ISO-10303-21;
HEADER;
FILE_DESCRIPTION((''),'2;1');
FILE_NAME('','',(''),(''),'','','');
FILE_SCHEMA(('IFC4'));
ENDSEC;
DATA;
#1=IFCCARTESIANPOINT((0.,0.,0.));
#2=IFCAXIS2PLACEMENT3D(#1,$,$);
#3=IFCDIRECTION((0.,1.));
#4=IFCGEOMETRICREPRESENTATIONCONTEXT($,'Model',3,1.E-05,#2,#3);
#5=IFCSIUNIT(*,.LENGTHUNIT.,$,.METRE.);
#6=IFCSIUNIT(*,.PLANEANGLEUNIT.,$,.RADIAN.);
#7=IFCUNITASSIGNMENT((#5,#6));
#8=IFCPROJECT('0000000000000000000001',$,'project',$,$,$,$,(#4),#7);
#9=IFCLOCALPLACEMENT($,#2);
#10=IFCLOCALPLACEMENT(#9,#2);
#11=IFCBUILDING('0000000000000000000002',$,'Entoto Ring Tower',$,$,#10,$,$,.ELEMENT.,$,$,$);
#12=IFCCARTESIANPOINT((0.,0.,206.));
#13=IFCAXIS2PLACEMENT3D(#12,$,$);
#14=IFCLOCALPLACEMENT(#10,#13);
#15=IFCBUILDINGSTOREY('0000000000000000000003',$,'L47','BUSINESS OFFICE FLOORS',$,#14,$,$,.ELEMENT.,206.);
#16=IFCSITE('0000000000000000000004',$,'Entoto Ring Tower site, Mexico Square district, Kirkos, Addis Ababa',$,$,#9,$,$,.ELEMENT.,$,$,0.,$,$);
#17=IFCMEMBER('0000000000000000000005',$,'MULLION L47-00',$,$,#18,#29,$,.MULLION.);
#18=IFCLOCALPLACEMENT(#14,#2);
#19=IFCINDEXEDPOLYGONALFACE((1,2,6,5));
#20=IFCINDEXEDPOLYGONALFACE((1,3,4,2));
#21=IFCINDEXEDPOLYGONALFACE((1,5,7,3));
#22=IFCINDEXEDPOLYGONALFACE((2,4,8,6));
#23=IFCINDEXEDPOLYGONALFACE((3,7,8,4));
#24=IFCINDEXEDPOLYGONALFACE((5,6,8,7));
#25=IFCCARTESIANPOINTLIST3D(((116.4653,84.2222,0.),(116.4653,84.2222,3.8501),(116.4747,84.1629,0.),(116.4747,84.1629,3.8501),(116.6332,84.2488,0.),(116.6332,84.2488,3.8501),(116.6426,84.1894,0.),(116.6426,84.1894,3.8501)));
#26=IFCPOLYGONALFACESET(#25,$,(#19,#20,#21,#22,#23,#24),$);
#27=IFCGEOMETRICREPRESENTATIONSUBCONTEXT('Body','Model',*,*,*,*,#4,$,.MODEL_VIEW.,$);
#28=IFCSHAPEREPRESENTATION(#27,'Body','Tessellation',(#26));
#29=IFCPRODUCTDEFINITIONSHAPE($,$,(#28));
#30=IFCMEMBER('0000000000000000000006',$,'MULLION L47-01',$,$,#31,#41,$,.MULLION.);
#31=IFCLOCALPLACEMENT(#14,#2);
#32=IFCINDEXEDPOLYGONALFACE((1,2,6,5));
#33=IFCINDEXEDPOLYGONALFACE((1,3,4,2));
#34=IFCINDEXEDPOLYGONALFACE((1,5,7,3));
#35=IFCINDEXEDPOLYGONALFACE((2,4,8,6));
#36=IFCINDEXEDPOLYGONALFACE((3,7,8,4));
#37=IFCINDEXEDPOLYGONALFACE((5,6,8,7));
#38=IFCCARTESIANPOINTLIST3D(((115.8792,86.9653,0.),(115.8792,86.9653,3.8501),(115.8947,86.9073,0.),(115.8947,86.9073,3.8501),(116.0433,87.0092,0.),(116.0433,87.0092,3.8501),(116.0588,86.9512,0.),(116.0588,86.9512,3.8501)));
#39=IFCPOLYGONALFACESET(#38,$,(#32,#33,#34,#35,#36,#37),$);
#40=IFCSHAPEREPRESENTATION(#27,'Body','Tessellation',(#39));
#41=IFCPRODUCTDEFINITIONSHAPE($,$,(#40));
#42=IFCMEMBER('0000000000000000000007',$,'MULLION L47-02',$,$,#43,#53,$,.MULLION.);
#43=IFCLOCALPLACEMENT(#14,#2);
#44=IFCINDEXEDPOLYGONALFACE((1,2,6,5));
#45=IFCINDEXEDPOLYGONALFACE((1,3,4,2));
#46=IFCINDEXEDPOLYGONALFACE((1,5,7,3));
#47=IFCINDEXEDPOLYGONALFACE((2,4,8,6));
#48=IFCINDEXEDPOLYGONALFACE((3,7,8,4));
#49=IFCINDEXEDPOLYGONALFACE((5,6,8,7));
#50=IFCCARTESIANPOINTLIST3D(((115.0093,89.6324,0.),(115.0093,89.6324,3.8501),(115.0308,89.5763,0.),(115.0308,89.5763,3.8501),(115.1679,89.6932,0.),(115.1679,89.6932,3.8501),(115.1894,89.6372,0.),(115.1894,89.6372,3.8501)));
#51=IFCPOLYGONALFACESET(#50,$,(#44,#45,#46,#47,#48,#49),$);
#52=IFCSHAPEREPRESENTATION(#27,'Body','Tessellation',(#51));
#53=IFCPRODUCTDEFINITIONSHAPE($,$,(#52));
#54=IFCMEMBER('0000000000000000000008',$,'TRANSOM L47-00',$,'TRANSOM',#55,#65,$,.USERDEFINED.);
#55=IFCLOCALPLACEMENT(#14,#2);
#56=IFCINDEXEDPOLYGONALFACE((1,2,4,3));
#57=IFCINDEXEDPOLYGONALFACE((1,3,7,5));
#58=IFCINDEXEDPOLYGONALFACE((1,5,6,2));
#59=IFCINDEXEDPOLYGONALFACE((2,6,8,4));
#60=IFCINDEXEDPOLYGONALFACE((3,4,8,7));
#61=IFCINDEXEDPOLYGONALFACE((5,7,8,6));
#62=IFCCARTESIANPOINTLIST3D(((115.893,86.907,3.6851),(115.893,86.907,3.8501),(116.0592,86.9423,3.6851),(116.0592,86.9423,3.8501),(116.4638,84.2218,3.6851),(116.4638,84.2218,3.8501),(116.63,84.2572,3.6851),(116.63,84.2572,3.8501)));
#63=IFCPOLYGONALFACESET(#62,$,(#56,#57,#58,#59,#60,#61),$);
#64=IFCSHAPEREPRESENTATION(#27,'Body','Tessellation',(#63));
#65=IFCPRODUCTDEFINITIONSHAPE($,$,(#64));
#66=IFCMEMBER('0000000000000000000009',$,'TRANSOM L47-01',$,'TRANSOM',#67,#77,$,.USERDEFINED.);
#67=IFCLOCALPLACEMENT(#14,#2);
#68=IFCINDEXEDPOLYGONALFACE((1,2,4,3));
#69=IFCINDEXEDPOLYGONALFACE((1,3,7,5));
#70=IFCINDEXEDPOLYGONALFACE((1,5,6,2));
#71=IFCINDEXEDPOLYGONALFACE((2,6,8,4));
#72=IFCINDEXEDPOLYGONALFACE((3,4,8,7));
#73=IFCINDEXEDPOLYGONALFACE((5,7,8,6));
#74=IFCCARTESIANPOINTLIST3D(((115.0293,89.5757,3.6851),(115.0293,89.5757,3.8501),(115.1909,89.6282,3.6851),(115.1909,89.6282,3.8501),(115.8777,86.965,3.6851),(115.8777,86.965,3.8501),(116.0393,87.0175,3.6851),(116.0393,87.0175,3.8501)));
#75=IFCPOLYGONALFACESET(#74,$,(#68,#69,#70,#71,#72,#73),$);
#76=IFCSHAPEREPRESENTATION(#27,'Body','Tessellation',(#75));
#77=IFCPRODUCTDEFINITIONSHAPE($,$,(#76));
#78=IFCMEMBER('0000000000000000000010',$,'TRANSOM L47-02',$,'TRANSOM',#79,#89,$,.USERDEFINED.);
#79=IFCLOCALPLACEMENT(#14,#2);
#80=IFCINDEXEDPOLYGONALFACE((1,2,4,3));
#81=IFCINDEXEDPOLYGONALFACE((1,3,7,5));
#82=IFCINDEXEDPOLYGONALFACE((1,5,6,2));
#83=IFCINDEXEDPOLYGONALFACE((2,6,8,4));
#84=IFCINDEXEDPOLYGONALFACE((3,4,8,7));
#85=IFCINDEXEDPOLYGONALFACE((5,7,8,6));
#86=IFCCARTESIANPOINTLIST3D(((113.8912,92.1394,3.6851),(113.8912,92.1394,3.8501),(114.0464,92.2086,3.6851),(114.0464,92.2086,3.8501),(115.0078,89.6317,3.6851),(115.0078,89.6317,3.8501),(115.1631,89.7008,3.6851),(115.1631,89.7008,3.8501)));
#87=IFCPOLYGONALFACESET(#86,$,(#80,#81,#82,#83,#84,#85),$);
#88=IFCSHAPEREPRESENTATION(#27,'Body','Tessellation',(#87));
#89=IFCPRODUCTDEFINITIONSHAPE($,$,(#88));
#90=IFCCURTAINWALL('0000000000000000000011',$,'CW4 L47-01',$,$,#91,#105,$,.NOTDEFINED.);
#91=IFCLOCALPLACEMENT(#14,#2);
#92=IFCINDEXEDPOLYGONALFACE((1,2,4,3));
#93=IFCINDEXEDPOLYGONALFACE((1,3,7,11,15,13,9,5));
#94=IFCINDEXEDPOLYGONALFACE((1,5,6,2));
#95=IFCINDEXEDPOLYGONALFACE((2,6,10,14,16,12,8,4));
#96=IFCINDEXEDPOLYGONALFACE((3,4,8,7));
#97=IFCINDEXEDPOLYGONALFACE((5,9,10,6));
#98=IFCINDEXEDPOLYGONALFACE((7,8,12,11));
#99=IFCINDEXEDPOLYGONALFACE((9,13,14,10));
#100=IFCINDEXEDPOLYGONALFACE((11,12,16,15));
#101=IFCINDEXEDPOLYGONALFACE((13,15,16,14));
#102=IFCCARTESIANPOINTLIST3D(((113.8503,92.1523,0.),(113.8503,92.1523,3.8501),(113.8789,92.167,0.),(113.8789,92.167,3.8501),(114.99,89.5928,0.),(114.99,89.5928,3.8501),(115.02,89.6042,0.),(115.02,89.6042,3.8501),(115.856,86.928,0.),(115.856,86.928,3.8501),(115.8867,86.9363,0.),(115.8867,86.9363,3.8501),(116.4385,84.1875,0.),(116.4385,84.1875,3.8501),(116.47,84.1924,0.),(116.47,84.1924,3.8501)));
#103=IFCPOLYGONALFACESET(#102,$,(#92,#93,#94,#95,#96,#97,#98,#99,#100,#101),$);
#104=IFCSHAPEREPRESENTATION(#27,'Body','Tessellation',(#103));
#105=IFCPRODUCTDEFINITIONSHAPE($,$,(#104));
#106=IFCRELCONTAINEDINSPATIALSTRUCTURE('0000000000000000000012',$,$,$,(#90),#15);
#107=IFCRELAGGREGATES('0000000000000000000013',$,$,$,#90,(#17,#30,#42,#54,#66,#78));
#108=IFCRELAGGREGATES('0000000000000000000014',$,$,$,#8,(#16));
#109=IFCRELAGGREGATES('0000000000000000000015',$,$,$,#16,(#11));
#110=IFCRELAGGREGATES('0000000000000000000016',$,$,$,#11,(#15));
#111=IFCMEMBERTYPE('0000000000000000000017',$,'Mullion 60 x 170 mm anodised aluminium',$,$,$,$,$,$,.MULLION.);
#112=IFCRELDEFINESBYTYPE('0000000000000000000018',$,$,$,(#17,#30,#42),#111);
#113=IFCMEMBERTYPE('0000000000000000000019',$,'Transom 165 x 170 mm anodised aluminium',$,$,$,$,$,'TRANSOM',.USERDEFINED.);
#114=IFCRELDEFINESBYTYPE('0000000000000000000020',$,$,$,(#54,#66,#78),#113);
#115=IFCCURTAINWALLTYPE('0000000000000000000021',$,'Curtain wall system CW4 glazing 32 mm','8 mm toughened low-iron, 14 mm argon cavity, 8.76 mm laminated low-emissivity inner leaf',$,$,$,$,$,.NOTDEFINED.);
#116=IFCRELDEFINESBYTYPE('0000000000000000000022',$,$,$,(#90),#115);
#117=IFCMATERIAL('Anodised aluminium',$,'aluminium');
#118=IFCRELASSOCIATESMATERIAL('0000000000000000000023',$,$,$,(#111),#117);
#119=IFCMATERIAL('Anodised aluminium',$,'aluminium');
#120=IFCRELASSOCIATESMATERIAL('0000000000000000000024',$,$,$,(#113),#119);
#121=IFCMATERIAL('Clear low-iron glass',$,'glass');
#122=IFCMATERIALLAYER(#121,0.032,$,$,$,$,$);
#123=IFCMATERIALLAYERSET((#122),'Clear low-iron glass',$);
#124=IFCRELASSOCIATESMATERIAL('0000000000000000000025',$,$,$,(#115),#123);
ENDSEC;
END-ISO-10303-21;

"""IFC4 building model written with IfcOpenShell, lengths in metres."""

from ifc_helpers import new_model, si_unit, direction, frame, origin, origin_2d, place, context, subcontext, project, spatial, polyline, rectangle, outline, extrude, material, layer, layer_set, material_profile, profile_set, type_object, element, aggregate, save


model = new_model("IFC4")

# Units and contexts
model_context = context("Model", 3, precision=1e-05, world=origin(), true_north=direction((0.0, 1.0)))
body_context = subcontext(model_context, "Body", "Model", "MODEL_VIEW")
ifc_project = project(units=[si_unit("LENGTHUNIT", "METRE"), si_unit("PLANEANGLEUNIT", "RADIAN")], contexts=[model_context])

# Members
ifc_material_1 = material(Name="Anodised aluminium", Category="aluminium")
ifc_material_profile_1 = material_profile(ifc_material_1, rectangle(XDim=0.0601, YDim=0.1699, at=origin_2d()), Name="Mullion 60 x 170 mm anodised aluminium")
ifc_profile_set_1 = profile_set([ifc_material_profile_1], Name="Anodised aluminium")
member_type_1 = type_object("IfcMemberType", Name="Mullion 60 x 170 mm anodised aluminium", PredefinedType="MULLION", material=ifc_profile_set_1)
site_placement = place(None, origin())
building_placement = place(site_placement, origin())
storey_placement = place(building_placement, frame((0.0, 0.0, 206.0)))
member_1_placement = place(storey_placement, frame((116.554, 84.2058, 0.0), z_axis=(0.0, 0.0, 1.0), x_axis=(-0.156434, 0.987688, 0.0)))
member_1 = element("IfcMember", 1, at=member_1_placement, type_object=member_type_1, Name="MULLION L47-00", PredefinedType="MULLION", context=body_context, shape_type="SweptSolid", body=[
    extrude(rectangle(XDim=0.0601, YDim=0.1699, at=origin_2d()), origin(), (0.0, 0.0, 1.0), 3.8501),
])
member_2_placement = place(storey_placement, frame((115.969, 86.9583, 0.0), z_axis=(0.0, 0.0, 1.0), x_axis=(-0.258819, 0.965926, 0.0)))
member_2 = element("IfcMember", 2, at=member_2_placement, type_object=member_type_1, Name="MULLION L47-01", PredefinedType="MULLION", context=body_context, shape_type="SweptSolid", body=[
    extrude(rectangle(XDim=0.0601, YDim=0.1699, at=origin_2d()), origin(), (0.0, 0.0, 1.0), 3.8501),
])
member_3_placement = place(storey_placement, frame((115.0994, 89.6348, 0.0), z_axis=(0.0, 0.0, 1.0), x_axis=(-0.358368, 0.93358, 0.0)))
member_3 = element("IfcMember", 3, at=member_3_placement, type_object=member_type_1, Name="MULLION L47-02", PredefinedType="MULLION", context=body_context, shape_type="SweptSolid", body=[
    extrude(rectangle(XDim=0.0601, YDim=0.1699, at=origin_2d()), origin(), (0.0, 0.0, 1.0), 3.8501),
])
ifc_material_2 = material(Name="Anodised aluminium", Category="aluminium")
ifc_material_profile_2 = material_profile(ifc_material_2, rectangle(XDim=0.1699, YDim=0.165, at=origin_2d()), Name="Transom 165 x 170 mm anodised aluminium")
ifc_profile_set_2 = profile_set([ifc_material_profile_2], Name="Anodised aluminium")
member_type_2 = type_object("IfcMemberType", Name="Transom 165 x 170 mm anodised aluminium", ElementType="TRANSOM", PredefinedType="USERDEFINED", material=ifc_profile_set_2)
member_4_placement = place(storey_placement, frame((116.5469, 84.2395, 3.7676), z_axis=(-0.207937, 0.978142, 0.0), x_axis=(-0.978142, -0.207937, 0.0)))
member_4 = element("IfcMember", 4, at=member_4_placement, type_object=member_type_2, Name="TRANSOM L47-00", ObjectType="TRANSOM", PredefinedType="USERDEFINED", context=body_context, shape_type="SweptSolid", body=[
    extrude(rectangle(XDim=0.1699, YDim=0.165, at=origin_2d()), origin(), (0.0, 0.0, 1.0), 2.7451),
])
member_5_placement = place(storey_placement, frame((115.9585, 86.9912, 3.7676), z_axis=(-0.309042, 0.951048, 0.0), x_axis=(-0.951048, -0.309042, 0.0)))
member_5 = element("IfcMember", 5, at=member_5_placement, type_object=member_type_2, Name="TRANSOM L47-01", ObjectType="TRANSOM", PredefinedType="USERDEFINED", context=body_context, shape_type="SweptSolid", body=[
    extrude(rectangle(XDim=0.1699, YDim=0.165, at=origin_2d()), origin(), (0.0, 0.0, 1.0), 2.7451),
])
member_6_placement = place(storey_placement, frame((115.0854, 89.6663, 3.7676), z_axis=(-0.406782, 0.913525, 0.0), x_axis=(-0.913525, -0.406782, 0.0)))
member_6 = element("IfcMember", 6, at=member_6_placement, type_object=member_type_2, Name="TRANSOM L47-02", ObjectType="TRANSOM", PredefinedType="USERDEFINED", context=body_context, shape_type="SweptSolid", body=[
    extrude(rectangle(XDim=0.1699, YDim=0.165, at=origin_2d()), origin(), (0.0, 0.0, 1.0), 2.7451),
])

# Site, building, storey
site = spatial("IfcSite", under=ifc_project, at=site_placement, Name="Entoto Ring Tower site, Mexico Square district, Kirkos, Addis Ababa", CompositionType="ELEMENT", RefElevation=0.0)
building = spatial("IfcBuilding", under=site, at=building_placement, Name="Entoto Ring Tower", CompositionType="ELEMENT")
storey = spatial("IfcBuildingStorey", under=building, at=storey_placement, Name="L47", Description="BUSINESS OFFICE FLOORS", CompositionType="ELEMENT", Elevation=206.0)

# Curtain wall
ifc_material_3 = material(Name="Clear low-iron glass", Category="glass")
ifc_layer_1 = layer(ifc_material_3, 0.032)
ifc_layer_set_1 = layer_set([ifc_layer_1], Name="Clear low-iron glass")
curtain_wall_type = type_object("IfcCurtainWallType", Name="Curtain wall system CW4 glazing 32 mm", Description="8 mm toughened low-iron, 14 mm argon cavity, 8.76 mm laminated low-emissivity inner leaf", PredefinedType="NOTDEFINED", material=ifc_layer_set_1)
curtain_wall_1_placement = place(storey_placement, origin())
curtain_wall_1 = element("IfcCurtainWall", 7, at=curtain_wall_1_placement, inside=storey, type_object=curtain_wall_type, Name="CW4 L47-01", PredefinedType="NOTDEFINED", context=body_context, shape_type="SweptSolid", body=[
    extrude(outline(polyline([(116.47, 84.1924), (115.8867, 86.9363), (115.02, 89.6042), (113.8789, 92.167), (113.8503, 92.1523), (114.99, 89.5928), (115.856, 86.928), (116.4385, 84.1875), (116.47, 84.1924)])), origin(), (0.0, 0.0, 1.0), 3.8501),
])
aggregate(curtain_wall_1, [member_1, member_2, member_3, member_4, member_5, member_6])

save(model, "model.ifc")
